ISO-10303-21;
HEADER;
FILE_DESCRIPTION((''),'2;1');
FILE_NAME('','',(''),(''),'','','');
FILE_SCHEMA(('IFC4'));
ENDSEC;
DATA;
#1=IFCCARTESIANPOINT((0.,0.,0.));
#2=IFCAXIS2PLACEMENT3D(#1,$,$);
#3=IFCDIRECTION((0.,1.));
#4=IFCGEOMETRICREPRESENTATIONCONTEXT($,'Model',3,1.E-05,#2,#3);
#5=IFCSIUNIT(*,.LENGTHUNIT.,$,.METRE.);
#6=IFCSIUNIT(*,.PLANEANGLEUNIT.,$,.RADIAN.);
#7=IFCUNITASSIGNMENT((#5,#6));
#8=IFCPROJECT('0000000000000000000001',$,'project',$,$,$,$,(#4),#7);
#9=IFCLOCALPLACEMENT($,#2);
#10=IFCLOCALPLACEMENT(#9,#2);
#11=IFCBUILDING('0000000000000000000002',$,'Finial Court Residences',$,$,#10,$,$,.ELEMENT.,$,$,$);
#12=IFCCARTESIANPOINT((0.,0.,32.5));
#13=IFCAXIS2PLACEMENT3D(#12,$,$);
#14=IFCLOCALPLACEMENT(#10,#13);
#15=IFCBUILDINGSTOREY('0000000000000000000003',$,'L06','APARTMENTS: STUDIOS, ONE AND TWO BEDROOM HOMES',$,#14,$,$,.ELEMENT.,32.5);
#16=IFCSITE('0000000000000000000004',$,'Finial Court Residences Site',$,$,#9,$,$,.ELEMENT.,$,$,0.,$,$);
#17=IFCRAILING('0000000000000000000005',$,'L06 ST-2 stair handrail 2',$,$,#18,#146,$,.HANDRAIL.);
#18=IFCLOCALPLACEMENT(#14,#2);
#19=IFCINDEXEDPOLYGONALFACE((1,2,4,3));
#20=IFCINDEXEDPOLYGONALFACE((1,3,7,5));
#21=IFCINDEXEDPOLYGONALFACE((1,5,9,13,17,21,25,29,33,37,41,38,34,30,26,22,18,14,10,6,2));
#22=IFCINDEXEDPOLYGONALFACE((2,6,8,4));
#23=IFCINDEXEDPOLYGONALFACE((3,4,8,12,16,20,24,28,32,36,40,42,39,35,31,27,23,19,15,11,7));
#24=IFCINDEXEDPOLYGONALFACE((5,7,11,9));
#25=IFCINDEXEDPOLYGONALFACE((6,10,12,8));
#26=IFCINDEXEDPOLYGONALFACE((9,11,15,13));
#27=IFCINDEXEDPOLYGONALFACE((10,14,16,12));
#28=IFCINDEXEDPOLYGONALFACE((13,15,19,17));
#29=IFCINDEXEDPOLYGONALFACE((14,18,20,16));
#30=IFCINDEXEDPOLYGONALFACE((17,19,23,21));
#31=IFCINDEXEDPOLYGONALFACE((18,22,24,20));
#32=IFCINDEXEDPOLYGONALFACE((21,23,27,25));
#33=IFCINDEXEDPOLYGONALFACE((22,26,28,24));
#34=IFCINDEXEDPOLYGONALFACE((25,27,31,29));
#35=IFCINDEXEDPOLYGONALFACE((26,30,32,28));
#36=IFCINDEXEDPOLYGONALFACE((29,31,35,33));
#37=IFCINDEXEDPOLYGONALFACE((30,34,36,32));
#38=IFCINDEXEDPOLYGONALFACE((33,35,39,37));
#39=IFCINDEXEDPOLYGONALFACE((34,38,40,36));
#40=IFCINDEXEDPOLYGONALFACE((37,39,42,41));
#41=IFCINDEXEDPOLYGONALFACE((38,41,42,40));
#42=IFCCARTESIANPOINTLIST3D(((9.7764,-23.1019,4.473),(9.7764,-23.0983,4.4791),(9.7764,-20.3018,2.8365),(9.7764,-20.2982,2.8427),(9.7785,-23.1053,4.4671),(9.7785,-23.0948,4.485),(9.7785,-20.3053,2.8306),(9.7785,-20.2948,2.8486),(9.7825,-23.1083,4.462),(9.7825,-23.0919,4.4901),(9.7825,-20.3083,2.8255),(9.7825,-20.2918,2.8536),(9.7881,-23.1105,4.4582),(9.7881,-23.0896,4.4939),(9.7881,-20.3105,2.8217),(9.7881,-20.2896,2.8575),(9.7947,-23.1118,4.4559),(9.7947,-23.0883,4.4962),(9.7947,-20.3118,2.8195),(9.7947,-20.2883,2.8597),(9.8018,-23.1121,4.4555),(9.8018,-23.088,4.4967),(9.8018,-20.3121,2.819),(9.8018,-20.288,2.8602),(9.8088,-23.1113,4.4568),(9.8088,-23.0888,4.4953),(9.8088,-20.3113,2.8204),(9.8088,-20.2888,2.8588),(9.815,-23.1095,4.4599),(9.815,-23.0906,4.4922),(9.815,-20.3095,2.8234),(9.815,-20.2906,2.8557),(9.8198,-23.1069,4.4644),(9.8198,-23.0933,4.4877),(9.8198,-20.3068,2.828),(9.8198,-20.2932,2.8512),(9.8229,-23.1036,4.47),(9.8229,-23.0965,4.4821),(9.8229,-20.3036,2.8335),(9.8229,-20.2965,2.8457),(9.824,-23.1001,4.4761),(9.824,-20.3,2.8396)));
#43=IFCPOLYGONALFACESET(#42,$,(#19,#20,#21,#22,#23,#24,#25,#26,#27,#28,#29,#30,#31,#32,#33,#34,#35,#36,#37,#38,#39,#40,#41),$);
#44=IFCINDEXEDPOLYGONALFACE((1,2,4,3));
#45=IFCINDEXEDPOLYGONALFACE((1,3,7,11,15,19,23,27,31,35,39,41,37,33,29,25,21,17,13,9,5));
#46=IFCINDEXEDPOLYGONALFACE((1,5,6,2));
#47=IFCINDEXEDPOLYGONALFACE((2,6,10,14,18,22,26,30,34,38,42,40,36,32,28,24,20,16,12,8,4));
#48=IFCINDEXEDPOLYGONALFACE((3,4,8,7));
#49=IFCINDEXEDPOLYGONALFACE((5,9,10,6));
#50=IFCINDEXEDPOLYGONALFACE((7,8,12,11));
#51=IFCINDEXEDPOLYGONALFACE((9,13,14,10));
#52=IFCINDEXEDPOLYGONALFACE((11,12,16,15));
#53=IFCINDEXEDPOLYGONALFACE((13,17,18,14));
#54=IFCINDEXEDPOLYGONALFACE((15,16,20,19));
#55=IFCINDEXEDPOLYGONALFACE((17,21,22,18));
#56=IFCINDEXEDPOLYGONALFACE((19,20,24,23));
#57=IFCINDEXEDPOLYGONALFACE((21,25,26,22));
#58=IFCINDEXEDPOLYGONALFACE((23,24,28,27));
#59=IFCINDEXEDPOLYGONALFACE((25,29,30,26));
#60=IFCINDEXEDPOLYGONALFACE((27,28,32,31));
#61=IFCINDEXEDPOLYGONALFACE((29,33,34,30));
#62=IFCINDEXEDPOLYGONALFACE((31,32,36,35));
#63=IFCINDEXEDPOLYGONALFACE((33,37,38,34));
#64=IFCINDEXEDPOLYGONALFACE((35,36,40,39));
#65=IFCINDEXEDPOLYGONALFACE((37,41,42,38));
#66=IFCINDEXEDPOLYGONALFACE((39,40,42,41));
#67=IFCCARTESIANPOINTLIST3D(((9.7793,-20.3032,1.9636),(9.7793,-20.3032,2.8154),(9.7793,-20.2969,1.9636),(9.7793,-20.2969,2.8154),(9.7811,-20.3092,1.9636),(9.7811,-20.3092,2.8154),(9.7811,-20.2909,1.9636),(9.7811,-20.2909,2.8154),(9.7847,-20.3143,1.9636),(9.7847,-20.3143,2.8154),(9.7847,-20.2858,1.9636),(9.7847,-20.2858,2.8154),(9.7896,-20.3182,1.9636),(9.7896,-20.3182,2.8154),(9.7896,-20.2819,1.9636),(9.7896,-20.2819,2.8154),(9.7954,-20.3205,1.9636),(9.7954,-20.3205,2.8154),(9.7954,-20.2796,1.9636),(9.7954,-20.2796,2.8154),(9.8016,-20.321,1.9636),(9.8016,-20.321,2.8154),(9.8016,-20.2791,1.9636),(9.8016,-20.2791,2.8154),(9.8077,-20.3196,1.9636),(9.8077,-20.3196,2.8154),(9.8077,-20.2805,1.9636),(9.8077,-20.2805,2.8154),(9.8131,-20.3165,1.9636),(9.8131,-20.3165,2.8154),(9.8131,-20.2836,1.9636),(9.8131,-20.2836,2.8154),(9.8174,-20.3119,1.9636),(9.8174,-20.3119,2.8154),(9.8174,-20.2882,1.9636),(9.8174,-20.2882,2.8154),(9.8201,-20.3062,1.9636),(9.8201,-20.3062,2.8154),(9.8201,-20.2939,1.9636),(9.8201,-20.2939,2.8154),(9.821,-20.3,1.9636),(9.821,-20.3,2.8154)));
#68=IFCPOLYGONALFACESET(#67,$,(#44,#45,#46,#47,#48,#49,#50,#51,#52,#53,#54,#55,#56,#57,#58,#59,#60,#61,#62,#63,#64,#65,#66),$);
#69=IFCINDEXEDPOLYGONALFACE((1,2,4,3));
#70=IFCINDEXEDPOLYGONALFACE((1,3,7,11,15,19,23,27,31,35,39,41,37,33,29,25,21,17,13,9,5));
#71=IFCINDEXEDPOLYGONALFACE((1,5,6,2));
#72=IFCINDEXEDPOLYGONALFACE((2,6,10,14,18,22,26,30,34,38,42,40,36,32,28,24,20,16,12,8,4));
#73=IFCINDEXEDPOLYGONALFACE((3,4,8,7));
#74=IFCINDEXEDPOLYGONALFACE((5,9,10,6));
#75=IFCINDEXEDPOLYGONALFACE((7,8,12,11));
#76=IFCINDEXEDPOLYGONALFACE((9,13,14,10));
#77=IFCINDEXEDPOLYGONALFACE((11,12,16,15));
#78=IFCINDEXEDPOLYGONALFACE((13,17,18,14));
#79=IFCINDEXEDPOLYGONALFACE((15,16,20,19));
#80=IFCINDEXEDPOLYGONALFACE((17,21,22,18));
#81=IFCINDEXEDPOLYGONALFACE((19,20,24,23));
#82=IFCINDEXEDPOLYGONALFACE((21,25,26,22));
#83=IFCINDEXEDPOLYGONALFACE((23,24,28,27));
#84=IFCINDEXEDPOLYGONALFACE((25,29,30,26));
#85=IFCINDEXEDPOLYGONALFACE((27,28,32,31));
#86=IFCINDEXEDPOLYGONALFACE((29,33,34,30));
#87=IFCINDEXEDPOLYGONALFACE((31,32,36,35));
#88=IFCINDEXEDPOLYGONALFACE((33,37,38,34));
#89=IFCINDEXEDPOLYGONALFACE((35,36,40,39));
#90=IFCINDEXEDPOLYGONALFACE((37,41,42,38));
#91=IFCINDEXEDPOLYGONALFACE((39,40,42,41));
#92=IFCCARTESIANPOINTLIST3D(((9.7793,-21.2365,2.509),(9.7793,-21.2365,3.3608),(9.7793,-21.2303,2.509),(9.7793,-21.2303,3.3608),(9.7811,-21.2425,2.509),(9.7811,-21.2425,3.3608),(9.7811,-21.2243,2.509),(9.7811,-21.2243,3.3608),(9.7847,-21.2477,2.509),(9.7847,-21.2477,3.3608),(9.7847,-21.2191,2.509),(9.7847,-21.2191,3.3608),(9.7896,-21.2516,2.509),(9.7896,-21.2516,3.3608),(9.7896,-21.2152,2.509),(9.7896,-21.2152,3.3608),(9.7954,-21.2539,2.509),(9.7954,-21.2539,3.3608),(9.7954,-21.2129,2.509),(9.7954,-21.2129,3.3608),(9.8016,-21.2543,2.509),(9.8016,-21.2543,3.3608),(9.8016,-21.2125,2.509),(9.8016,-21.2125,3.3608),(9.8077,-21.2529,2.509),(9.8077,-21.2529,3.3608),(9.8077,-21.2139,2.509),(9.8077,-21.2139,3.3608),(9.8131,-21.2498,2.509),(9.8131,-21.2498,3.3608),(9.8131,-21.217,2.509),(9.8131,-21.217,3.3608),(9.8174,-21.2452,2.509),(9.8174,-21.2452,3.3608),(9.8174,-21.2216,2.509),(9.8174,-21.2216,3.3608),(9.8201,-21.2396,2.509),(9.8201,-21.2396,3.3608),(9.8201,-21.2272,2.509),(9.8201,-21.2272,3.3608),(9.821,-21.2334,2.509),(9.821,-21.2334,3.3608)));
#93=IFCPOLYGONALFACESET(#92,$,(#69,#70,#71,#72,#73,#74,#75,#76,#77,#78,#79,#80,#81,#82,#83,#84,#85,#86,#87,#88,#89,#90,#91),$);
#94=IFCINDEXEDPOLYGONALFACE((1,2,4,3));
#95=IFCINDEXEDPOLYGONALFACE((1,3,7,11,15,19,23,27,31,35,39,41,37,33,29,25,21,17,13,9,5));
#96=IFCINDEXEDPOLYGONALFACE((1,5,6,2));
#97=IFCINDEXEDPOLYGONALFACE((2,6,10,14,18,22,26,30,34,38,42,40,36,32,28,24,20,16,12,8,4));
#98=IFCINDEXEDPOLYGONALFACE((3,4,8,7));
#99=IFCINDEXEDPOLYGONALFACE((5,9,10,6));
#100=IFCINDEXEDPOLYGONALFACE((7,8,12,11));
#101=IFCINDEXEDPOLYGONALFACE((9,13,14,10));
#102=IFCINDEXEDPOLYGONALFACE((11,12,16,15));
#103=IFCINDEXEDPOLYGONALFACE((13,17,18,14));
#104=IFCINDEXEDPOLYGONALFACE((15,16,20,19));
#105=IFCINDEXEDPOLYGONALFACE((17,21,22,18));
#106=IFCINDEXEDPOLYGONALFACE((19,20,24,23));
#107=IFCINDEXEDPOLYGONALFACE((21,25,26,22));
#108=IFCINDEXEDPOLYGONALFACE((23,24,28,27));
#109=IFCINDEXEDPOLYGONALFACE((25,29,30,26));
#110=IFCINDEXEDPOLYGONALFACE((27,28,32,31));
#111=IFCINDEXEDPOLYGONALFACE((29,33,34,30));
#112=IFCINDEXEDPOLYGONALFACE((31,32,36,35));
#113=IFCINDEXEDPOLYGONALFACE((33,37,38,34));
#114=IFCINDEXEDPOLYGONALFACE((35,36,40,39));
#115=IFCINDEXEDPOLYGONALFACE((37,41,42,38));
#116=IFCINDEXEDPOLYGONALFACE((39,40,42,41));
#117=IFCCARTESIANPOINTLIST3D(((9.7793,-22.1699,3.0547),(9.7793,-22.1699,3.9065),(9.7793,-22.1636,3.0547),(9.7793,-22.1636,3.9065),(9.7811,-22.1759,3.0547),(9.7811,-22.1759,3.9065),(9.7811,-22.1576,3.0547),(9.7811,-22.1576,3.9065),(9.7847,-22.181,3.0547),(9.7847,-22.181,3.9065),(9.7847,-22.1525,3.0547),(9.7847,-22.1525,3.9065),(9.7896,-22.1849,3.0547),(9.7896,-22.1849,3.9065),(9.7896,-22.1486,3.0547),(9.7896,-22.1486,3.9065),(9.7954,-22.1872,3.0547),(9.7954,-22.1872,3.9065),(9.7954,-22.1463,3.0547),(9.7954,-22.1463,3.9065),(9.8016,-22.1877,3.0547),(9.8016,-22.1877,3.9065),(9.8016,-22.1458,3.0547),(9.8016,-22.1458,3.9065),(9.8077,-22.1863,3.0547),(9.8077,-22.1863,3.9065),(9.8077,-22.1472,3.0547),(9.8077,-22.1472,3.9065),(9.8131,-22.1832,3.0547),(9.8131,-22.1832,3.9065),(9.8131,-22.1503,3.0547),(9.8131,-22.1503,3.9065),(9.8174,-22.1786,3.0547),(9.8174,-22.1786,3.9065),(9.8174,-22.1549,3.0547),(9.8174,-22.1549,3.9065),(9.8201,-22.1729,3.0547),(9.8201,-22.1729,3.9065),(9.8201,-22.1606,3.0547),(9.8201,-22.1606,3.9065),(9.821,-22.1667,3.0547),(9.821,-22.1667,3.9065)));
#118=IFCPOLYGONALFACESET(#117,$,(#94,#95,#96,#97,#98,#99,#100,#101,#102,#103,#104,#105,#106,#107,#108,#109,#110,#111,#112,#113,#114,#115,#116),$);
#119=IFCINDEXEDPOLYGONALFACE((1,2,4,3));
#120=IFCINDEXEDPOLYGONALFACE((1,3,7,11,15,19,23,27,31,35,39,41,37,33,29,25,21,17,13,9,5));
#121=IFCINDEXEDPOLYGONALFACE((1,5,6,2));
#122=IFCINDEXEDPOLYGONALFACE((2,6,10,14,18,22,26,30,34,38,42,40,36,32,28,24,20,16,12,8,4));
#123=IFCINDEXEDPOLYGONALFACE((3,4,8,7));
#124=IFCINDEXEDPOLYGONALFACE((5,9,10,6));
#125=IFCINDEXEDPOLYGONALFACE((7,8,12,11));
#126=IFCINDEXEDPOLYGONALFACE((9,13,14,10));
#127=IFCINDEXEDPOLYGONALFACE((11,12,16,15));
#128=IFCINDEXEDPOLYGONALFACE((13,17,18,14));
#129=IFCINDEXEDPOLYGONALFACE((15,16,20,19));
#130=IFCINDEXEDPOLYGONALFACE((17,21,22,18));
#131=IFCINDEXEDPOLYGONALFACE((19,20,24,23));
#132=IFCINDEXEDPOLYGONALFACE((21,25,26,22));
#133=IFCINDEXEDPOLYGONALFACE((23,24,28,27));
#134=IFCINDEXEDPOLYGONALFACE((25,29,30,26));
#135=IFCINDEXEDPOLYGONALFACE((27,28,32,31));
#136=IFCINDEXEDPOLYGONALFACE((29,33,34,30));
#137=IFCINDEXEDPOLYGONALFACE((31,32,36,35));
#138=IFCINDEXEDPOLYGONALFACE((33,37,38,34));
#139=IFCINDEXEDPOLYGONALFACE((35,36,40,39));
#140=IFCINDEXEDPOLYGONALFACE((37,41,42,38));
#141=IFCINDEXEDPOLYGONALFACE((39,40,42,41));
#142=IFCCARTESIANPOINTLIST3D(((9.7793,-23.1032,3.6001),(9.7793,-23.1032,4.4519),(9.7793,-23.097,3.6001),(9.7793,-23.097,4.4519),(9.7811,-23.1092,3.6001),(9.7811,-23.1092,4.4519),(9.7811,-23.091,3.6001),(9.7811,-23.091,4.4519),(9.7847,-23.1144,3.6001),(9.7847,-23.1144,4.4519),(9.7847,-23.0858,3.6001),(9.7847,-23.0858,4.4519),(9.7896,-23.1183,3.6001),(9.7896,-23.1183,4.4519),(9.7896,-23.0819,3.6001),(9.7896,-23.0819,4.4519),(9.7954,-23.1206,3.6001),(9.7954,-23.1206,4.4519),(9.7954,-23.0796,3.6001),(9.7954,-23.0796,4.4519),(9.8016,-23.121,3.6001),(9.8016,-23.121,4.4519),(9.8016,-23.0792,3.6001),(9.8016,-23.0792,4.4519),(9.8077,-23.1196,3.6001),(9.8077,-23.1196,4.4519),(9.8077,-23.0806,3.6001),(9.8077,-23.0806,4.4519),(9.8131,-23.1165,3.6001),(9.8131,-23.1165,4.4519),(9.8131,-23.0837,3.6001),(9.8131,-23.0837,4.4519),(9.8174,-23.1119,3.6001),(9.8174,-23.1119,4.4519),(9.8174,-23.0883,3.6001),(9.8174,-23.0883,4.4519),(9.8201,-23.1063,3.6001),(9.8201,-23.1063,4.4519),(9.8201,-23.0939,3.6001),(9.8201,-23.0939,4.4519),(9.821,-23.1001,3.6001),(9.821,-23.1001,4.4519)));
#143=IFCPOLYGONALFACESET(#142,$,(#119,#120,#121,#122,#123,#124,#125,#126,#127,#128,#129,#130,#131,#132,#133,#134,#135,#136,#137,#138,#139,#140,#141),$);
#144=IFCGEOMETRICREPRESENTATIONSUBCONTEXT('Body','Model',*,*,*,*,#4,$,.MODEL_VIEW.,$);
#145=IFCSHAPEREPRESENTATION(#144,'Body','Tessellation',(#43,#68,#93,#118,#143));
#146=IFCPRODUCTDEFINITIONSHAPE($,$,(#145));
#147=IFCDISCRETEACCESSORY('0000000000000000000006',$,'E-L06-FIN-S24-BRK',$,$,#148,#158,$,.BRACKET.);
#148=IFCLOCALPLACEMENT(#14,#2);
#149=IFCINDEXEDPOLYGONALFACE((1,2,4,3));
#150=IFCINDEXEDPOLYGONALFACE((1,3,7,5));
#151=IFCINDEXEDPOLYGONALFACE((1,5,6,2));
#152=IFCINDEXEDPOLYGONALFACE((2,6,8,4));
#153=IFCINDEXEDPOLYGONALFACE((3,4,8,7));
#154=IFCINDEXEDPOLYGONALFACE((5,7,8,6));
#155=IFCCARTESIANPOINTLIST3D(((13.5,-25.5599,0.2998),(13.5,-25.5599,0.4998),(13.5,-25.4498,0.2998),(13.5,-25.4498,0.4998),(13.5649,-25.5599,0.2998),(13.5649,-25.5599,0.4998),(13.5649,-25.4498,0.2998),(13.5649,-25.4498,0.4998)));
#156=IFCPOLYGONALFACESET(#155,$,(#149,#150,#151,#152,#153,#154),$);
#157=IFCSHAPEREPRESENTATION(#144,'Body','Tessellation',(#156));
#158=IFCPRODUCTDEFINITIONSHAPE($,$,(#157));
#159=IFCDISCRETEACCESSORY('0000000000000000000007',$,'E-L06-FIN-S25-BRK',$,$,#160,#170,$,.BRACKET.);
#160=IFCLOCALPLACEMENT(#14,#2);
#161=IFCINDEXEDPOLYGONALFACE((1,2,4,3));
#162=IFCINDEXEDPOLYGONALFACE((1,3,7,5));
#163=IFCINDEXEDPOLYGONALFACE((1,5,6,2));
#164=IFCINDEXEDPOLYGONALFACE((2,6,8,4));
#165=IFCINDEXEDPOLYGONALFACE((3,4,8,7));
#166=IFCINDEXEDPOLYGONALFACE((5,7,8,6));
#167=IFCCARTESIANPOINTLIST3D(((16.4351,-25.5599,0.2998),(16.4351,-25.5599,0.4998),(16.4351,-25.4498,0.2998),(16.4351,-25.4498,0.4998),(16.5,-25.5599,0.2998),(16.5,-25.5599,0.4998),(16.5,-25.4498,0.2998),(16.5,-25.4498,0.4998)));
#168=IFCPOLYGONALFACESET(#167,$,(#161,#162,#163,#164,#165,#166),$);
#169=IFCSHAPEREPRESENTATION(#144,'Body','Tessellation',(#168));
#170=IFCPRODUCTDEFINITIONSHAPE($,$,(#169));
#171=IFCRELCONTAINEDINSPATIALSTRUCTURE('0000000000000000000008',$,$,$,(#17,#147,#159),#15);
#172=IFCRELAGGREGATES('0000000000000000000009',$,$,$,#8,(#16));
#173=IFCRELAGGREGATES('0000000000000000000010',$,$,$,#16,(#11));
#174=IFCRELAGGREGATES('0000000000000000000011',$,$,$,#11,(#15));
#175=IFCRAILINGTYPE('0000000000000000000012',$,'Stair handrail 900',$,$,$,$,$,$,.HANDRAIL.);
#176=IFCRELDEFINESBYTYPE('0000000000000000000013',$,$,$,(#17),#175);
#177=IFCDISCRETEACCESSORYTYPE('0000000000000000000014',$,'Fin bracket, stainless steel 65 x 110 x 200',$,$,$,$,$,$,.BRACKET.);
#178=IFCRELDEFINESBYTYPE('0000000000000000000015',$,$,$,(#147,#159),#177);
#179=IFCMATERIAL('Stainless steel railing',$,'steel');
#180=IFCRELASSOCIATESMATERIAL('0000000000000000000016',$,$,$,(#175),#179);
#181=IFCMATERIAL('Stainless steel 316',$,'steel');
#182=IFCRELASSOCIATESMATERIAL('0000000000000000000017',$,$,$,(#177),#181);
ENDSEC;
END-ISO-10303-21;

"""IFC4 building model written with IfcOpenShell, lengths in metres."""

from ifc_helpers import new_model, si_unit, direction, frame, origin, origin_2d, place, context, subcontext, project, spatial, rectangle, circle, extrude, material, type_object, element, save


model = new_model("IFC4")

# Units and contexts
model_context = context("Model", 3, precision=1e-05, world=origin(), true_north=direction((0.0, 1.0)))
body_context = subcontext(model_context, "Body", "Model", "MODEL_VIEW")
ifc_project = project(units=[si_unit("LENGTHUNIT", "METRE"), si_unit("PLANEANGLEUNIT", "RADIAN")], contexts=[model_context])

# Site, building, storey
site_placement = place(None, origin())
site = spatial("IfcSite", under=ifc_project, at=site_placement, Name="Finial Court Residences Site", CompositionType="ELEMENT", RefElevation=0.0)
building_placement = place(site_placement, origin())
building = spatial("IfcBuilding", under=site, at=building_placement, Name="Finial Court Residences", CompositionType="ELEMENT")
storey_placement = place(building_placement, frame((0.0, 0.0, 32.5)))
storey = spatial("IfcBuildingStorey", under=building, at=storey_placement, Name="L06", Description="APARTMENTS: STUDIOS, ONE AND TWO BEDROOM HOMES", CompositionType="ELEMENT", Elevation=32.5)

# Railing
ifc_material_1 = material(Name="Stainless steel railing", Category="steel")
railing_type_1 = type_object("IfcRailingType", Name="Stair handrail 900", PredefinedType="HANDRAIL", material=ifc_material_1)
railing_1_placement = place(storey_placement, frame((9.8, -20.3, 1.9636)))
element("IfcRailing", 1, at=railing_1_placement, inside=storey, type_object=railing_type_1, Name="L06 ST-2 stair handrail 2", PredefinedType="HANDRAIL", context=body_context, shape_type="SweptSolid", body=[
    extrude(circle(Radius=0.0239, at=origin_2d()), frame((0.0, 0.0, 0.876), z_axis=(0.0, -0.863361, 0.504587), x_axis=(1.0, 0.0, 0.0)), (0.0, 0.0, 1.0), 3.2432),
    extrude(circle(Radius=0.021, at=origin_2d()), origin(), (0.0, 0.0, 1.0), 0.8518),
    extrude(circle(Radius=0.021, at=origin_2d()), frame((0.0, -0.9333, 0.5454)), (0.0, 0.0, 1.0), 0.8518),
    extrude(circle(Radius=0.021, at=origin_2d()), frame((0.0, -1.8667, 1.0911)), (0.0, 0.0, 1.0), 0.8518),
    extrude(circle(Radius=0.021, at=origin_2d()), frame((0.0, -2.8, 1.6365)), (0.0, 0.0, 1.0), 0.8518),
])

# Discrete accessories
ifc_material_2 = material(Name="Stainless steel 316", Category="steel")
discrete_accessory_type = type_object("IfcDiscreteAccessoryType", Name="Fin bracket, stainless steel 65 x 110 x 200", PredefinedType="BRACKET", material=ifc_material_2)
for number, where, z_axis, x_axis, name in (
    (2, (13.5325, -25.5049, 0.2998), (0.0, 0.0, 1.0), (1.0, 0.0, 0.0), "E-L06-FIN-S24-BRK"),
    (3, (16.4675, -25.5049, 0.2998), (0.0, 0.0, 1.0), (1.0, 0.0, 0.0), "E-L06-FIN-S25-BRK"),
):
    element("IfcDiscreteAccessory", number, at=place(storey_placement, frame(where, z_axis=z_axis, x_axis=x_axis)), inside=storey, type_object=discrete_accessory_type, Name=name, PredefinedType="BRACKET", context=body_context, shape_type="SweptSolid", body=[
        extrude(rectangle(XDim=0.0649, YDim=0.1101, at=origin_2d()), origin(), (0.0, 0.0, 1.0), 0.2),
    ])

save(model, "model.ifc")
